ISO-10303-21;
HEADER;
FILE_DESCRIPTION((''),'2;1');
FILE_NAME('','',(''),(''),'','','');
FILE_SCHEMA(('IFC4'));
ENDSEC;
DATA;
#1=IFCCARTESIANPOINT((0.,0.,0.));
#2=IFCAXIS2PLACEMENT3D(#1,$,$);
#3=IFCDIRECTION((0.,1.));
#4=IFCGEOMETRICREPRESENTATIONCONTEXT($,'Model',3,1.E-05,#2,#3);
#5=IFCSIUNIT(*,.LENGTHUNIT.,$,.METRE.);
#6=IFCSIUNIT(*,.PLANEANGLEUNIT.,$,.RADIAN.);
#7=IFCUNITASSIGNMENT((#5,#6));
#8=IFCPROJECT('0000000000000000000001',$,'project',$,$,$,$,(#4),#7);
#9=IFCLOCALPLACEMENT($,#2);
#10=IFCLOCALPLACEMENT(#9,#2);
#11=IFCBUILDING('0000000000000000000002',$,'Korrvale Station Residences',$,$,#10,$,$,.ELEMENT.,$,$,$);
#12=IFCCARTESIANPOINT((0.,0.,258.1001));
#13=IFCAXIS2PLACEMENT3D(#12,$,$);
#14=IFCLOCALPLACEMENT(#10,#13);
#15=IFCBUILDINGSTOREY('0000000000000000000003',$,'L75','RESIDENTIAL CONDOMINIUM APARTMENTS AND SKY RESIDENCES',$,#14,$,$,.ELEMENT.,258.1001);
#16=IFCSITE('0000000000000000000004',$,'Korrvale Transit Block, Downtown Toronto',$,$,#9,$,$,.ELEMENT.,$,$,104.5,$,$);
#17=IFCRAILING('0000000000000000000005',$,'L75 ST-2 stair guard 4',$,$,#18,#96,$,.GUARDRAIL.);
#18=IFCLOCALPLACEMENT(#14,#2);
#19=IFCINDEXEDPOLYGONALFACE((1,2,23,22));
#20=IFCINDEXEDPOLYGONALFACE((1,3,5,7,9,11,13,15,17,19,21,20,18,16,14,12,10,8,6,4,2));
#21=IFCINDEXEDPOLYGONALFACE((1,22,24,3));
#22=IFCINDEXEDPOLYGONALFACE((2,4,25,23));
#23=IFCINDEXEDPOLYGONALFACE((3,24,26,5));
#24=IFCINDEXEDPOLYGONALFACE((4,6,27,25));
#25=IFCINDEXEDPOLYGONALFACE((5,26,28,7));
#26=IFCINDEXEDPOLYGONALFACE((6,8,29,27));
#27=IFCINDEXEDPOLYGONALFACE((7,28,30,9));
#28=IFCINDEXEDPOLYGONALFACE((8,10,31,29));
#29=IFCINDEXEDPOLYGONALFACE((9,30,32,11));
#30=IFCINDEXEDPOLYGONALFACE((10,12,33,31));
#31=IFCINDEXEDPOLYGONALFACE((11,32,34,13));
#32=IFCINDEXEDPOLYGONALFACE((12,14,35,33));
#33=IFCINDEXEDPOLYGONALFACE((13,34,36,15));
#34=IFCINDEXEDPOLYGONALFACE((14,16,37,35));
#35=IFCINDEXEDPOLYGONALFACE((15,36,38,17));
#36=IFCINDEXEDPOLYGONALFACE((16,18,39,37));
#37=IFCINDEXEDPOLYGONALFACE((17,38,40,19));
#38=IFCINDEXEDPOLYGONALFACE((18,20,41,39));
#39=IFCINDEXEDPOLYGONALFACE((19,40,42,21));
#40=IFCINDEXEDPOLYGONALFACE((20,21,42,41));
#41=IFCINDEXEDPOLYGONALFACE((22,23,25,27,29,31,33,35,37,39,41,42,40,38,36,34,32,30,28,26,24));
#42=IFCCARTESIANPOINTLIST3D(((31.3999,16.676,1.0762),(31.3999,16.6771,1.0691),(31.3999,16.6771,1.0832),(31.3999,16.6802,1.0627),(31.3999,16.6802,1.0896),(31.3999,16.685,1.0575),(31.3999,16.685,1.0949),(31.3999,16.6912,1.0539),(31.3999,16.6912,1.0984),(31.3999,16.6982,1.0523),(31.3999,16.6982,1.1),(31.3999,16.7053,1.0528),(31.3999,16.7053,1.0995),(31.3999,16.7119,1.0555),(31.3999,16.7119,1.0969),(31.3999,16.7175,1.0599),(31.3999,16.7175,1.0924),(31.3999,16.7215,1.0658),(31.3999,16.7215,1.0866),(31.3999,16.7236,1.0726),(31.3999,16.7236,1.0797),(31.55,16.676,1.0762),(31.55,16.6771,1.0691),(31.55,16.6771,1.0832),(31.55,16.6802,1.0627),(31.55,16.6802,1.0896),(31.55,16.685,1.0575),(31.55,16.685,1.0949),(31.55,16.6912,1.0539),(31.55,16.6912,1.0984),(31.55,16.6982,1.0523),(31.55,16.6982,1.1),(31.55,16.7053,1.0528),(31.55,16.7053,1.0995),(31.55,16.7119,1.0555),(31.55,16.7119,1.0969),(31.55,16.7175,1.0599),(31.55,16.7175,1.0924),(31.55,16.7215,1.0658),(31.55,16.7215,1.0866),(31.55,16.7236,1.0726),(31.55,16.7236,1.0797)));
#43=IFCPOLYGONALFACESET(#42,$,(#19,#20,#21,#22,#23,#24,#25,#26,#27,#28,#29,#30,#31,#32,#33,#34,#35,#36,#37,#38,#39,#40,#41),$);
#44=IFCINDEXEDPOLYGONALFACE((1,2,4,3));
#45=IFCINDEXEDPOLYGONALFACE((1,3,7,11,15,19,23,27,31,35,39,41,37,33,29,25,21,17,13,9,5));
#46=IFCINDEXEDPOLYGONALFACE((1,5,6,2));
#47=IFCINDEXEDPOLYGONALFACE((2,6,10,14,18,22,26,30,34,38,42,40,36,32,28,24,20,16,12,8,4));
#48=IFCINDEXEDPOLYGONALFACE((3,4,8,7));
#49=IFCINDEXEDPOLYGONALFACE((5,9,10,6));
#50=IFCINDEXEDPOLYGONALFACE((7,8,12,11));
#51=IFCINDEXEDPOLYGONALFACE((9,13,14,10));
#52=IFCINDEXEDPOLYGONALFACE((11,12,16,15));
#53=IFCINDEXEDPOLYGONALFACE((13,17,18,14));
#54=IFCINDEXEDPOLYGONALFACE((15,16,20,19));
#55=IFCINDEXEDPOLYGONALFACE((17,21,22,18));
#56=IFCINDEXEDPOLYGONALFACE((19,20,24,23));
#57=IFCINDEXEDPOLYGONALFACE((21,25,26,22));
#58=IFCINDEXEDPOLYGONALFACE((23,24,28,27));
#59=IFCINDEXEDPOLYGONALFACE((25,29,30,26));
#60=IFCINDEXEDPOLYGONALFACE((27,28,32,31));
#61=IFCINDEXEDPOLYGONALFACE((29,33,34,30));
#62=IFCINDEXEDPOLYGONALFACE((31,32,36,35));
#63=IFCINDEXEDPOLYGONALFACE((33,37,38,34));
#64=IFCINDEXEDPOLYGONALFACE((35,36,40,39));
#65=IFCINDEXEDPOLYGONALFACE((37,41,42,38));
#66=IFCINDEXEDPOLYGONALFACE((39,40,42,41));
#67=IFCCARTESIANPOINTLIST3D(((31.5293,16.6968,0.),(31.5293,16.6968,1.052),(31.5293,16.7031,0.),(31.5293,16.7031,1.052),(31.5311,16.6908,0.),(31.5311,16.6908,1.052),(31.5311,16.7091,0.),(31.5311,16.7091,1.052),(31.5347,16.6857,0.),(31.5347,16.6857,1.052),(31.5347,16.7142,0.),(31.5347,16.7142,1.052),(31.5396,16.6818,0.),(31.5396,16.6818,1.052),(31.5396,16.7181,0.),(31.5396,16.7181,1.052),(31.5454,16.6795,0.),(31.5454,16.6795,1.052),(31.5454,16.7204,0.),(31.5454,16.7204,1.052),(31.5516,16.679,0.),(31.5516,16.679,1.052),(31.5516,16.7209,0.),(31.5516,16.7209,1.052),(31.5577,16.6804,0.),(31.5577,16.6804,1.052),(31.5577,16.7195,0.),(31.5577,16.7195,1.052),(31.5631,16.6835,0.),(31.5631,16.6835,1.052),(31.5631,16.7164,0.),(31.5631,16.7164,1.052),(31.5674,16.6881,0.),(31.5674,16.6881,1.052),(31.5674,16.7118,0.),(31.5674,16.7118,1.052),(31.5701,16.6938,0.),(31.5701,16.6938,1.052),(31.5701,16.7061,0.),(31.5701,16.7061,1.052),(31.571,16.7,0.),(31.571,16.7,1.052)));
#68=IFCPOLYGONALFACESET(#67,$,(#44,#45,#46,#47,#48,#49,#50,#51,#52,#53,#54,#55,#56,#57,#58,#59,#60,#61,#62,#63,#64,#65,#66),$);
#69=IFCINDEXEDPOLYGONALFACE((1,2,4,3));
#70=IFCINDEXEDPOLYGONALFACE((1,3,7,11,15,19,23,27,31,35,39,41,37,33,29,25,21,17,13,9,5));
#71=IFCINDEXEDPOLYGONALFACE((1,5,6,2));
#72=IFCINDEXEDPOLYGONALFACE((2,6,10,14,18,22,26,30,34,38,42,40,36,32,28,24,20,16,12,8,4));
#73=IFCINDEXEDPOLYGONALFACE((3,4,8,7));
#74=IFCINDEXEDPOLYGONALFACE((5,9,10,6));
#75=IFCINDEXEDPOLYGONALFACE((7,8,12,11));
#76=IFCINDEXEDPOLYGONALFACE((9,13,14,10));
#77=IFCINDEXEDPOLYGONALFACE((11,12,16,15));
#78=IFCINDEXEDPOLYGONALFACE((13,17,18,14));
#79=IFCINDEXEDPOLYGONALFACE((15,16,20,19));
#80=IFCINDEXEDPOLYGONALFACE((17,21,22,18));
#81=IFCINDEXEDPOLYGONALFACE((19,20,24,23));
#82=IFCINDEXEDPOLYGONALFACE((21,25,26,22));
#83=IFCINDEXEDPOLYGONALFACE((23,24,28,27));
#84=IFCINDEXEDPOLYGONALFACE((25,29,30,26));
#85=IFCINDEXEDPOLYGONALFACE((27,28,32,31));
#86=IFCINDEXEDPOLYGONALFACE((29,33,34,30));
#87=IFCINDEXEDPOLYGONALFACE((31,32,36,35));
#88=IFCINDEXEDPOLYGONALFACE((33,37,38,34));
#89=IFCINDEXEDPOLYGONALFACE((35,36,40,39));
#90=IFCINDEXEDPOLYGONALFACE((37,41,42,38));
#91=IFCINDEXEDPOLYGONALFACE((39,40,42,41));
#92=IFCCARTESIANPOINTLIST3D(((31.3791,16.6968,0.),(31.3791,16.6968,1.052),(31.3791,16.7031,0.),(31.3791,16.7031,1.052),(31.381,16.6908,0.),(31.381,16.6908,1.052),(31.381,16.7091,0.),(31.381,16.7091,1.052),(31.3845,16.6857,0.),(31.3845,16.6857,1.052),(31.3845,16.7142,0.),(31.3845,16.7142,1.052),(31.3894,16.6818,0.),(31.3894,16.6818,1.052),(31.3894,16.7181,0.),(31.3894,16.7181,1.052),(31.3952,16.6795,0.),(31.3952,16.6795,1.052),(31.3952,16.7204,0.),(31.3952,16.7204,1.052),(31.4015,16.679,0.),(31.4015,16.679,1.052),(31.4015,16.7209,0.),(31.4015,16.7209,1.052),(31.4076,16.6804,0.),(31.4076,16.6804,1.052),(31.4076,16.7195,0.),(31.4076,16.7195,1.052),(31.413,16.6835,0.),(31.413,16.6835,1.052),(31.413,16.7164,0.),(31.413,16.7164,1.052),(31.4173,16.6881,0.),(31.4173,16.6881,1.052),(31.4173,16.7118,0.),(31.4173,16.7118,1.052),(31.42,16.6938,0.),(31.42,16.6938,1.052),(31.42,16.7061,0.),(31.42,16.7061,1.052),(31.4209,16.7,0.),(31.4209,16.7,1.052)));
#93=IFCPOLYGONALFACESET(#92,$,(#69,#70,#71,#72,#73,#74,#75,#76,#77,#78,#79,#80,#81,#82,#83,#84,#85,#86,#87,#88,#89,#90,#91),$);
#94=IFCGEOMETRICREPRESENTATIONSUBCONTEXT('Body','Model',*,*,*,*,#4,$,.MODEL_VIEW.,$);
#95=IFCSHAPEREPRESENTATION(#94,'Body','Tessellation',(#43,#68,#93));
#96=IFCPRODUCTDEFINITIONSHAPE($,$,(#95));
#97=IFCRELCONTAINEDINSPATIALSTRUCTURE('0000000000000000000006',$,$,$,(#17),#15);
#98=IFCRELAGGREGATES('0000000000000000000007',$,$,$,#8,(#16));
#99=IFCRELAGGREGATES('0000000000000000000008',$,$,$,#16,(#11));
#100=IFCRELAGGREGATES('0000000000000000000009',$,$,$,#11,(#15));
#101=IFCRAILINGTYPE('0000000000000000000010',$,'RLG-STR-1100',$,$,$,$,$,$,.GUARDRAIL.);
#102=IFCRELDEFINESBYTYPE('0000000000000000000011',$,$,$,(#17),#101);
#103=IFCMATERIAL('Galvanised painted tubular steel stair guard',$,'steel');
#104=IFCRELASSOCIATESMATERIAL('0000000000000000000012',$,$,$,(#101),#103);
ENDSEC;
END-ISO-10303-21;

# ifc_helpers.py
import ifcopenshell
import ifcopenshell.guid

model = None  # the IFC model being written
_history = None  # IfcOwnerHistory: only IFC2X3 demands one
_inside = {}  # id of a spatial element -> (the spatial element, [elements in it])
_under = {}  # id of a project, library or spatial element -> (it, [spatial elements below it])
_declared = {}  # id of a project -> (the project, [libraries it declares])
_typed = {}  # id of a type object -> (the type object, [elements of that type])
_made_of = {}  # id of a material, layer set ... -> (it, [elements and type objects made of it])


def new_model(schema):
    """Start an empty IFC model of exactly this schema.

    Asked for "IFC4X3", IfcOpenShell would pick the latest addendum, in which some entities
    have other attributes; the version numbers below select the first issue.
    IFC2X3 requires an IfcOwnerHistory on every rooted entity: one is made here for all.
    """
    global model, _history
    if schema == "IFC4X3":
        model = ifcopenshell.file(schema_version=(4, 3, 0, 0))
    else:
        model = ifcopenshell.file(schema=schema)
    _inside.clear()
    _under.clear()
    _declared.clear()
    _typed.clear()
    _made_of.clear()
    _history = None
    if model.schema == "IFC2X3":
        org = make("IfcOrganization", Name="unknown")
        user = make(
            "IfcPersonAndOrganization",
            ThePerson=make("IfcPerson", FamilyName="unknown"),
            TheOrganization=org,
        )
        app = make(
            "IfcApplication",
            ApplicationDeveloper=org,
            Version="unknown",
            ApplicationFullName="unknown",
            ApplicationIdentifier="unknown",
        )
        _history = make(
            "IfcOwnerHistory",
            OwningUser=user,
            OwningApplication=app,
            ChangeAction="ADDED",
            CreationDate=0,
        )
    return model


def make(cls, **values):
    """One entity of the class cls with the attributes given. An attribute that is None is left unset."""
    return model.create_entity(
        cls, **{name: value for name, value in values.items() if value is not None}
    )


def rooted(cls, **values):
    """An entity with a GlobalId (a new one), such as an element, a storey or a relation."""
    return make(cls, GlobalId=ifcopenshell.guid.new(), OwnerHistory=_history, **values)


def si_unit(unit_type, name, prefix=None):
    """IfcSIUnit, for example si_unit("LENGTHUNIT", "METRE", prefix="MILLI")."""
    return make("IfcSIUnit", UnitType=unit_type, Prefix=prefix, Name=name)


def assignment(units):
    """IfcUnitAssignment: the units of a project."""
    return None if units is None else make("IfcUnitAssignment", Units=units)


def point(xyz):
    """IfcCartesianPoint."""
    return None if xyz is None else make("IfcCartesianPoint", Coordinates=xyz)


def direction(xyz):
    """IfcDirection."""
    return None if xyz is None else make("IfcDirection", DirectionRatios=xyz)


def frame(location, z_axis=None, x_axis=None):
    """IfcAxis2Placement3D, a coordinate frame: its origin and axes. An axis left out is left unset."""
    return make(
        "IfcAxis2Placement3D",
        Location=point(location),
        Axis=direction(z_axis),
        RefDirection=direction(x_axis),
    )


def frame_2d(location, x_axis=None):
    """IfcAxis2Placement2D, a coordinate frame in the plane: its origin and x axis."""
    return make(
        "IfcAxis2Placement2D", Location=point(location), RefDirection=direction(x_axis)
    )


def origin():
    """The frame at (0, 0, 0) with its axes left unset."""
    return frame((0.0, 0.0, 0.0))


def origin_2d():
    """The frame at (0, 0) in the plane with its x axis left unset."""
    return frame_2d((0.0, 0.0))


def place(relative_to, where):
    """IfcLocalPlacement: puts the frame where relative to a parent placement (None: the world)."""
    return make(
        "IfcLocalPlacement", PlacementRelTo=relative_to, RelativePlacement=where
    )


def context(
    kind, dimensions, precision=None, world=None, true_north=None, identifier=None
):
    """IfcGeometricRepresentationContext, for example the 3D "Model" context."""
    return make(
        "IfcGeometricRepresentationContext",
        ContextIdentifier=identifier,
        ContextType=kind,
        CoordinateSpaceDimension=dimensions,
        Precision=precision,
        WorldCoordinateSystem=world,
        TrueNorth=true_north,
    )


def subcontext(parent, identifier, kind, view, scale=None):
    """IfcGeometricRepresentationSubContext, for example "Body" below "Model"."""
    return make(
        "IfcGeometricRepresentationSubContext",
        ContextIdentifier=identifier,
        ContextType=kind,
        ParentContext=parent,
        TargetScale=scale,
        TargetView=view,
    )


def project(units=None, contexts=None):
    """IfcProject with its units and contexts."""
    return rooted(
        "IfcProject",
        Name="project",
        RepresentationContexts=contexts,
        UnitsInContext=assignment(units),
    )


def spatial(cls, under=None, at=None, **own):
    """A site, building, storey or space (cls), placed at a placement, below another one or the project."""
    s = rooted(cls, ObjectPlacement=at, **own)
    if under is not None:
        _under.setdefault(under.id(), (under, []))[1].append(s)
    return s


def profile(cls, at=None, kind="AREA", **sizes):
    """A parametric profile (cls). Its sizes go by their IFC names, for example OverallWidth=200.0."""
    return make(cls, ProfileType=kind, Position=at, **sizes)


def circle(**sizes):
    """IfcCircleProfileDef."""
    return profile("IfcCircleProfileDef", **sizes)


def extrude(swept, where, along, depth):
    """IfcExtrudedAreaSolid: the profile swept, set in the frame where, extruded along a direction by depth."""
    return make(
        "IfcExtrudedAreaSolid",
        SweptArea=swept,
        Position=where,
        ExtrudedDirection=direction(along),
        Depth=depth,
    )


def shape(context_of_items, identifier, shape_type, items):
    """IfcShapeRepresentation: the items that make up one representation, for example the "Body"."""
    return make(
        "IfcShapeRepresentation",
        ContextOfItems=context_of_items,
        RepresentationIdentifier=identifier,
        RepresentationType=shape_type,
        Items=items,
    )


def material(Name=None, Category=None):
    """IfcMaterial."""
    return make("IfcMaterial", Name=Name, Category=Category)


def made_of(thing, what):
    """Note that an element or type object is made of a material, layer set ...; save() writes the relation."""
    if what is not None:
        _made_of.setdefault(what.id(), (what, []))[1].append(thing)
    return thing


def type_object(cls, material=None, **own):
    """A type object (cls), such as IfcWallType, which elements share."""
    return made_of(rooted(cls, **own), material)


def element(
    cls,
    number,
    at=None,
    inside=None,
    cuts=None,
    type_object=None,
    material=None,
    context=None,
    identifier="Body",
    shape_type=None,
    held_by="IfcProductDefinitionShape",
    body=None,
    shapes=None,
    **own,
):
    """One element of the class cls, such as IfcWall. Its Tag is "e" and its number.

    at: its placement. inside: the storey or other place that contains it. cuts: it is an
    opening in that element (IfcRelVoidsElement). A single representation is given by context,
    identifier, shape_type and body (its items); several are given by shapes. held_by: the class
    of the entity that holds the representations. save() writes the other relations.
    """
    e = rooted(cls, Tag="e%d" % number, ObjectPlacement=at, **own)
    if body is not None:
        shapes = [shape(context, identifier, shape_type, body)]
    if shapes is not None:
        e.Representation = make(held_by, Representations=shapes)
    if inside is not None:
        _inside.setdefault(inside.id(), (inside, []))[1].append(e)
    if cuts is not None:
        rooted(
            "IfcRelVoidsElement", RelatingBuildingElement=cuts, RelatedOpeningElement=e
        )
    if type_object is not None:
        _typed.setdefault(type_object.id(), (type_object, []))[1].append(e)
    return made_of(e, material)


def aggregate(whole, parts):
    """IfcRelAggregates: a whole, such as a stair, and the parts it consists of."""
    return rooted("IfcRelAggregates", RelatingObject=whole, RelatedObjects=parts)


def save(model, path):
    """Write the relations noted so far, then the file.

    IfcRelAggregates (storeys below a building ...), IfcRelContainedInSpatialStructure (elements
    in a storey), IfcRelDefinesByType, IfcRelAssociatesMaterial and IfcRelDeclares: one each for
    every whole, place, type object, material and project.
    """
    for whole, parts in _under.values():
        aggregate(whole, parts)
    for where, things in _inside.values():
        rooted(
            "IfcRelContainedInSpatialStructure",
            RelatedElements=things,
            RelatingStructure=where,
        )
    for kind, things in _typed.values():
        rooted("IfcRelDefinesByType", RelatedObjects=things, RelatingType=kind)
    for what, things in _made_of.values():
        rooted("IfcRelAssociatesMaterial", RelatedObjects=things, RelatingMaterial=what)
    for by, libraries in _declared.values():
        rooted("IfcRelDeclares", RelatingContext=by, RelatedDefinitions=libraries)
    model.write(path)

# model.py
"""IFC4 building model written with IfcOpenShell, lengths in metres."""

from ifc_helpers import new_model, si_unit, direction, frame, origin, origin_2d, place, context, subcontext, project, spatial, circle, extrude, material, type_object, element, save


model = new_model("IFC4")

# Units and contexts
model_context = context("Model", 3, precision=1e-05, world=origin(), true_north=direction((0.0, 1.0)))
body_context = subcontext(model_context, "Body", "Model", "MODEL_VIEW")
ifc_project = project(units=[si_unit("LENGTHUNIT", "METRE"), si_unit("PLANEANGLEUNIT", "RADIAN")], contexts=[model_context])

# Site, building, storey
site_placement = place(None, origin())
site = spatial("IfcSite", under=ifc_project, at=site_placement, Name="Korrvale Transit Block, Downtown Toronto", CompositionType="ELEMENT", RefElevation=104.5)
building_placement = place(site_placement, origin())
building = spatial("IfcBuilding", under=site, at=building_placement, Name="Korrvale Station Residences", CompositionType="ELEMENT")
storey_placement = place(building_placement, frame((0.0, 0.0, 258.1001)))
storey = spatial("IfcBuildingStorey", under=building, at=storey_placement, Name="L75", Description="RESIDENTIAL CONDOMINIUM APARTMENTS AND SKY RESIDENCES", CompositionType="ELEMENT", Elevation=258.1001)

# Railing
ifc_material_1 = material(Name="Galvanised painted tubular steel stair guard", Category="steel")
railing_type_1 = type_object("IfcRailingType", Name="RLG-STR-1100", PredefinedType="GUARDRAIL", material=ifc_material_1)
railing_1_placement = place(storey_placement, frame((31.55, 16.7, 0.0)))
element("IfcRailing", 1, at=railing_1_placement, inside=storey, type_object=railing_type_1, Name="L75 ST-2 stair guard 4", PredefinedType="GUARDRAIL", context=body_context, shape_type="SweptSolid", body=[
    extrude(circle(Radius=0.0239, at=origin_2d()), frame((0.0, 0.0, 1.0762), z_axis=(-1.0, 0.0, 0.0), x_axis=(0.0, -1.0, 0.0)), (0.0, 0.0, 1.0), 0.1501),
    extrude(circle(Radius=0.021, at=origin_2d()), origin(), (0.0, 0.0, 1.0), 1.052),
    extrude(circle(Radius=0.021, at=origin_2d()), frame((-0.1501, 0.0, 0.0)), (0.0, 0.0, 1.0), 1.052),
])

save(model, "model.ifc")
